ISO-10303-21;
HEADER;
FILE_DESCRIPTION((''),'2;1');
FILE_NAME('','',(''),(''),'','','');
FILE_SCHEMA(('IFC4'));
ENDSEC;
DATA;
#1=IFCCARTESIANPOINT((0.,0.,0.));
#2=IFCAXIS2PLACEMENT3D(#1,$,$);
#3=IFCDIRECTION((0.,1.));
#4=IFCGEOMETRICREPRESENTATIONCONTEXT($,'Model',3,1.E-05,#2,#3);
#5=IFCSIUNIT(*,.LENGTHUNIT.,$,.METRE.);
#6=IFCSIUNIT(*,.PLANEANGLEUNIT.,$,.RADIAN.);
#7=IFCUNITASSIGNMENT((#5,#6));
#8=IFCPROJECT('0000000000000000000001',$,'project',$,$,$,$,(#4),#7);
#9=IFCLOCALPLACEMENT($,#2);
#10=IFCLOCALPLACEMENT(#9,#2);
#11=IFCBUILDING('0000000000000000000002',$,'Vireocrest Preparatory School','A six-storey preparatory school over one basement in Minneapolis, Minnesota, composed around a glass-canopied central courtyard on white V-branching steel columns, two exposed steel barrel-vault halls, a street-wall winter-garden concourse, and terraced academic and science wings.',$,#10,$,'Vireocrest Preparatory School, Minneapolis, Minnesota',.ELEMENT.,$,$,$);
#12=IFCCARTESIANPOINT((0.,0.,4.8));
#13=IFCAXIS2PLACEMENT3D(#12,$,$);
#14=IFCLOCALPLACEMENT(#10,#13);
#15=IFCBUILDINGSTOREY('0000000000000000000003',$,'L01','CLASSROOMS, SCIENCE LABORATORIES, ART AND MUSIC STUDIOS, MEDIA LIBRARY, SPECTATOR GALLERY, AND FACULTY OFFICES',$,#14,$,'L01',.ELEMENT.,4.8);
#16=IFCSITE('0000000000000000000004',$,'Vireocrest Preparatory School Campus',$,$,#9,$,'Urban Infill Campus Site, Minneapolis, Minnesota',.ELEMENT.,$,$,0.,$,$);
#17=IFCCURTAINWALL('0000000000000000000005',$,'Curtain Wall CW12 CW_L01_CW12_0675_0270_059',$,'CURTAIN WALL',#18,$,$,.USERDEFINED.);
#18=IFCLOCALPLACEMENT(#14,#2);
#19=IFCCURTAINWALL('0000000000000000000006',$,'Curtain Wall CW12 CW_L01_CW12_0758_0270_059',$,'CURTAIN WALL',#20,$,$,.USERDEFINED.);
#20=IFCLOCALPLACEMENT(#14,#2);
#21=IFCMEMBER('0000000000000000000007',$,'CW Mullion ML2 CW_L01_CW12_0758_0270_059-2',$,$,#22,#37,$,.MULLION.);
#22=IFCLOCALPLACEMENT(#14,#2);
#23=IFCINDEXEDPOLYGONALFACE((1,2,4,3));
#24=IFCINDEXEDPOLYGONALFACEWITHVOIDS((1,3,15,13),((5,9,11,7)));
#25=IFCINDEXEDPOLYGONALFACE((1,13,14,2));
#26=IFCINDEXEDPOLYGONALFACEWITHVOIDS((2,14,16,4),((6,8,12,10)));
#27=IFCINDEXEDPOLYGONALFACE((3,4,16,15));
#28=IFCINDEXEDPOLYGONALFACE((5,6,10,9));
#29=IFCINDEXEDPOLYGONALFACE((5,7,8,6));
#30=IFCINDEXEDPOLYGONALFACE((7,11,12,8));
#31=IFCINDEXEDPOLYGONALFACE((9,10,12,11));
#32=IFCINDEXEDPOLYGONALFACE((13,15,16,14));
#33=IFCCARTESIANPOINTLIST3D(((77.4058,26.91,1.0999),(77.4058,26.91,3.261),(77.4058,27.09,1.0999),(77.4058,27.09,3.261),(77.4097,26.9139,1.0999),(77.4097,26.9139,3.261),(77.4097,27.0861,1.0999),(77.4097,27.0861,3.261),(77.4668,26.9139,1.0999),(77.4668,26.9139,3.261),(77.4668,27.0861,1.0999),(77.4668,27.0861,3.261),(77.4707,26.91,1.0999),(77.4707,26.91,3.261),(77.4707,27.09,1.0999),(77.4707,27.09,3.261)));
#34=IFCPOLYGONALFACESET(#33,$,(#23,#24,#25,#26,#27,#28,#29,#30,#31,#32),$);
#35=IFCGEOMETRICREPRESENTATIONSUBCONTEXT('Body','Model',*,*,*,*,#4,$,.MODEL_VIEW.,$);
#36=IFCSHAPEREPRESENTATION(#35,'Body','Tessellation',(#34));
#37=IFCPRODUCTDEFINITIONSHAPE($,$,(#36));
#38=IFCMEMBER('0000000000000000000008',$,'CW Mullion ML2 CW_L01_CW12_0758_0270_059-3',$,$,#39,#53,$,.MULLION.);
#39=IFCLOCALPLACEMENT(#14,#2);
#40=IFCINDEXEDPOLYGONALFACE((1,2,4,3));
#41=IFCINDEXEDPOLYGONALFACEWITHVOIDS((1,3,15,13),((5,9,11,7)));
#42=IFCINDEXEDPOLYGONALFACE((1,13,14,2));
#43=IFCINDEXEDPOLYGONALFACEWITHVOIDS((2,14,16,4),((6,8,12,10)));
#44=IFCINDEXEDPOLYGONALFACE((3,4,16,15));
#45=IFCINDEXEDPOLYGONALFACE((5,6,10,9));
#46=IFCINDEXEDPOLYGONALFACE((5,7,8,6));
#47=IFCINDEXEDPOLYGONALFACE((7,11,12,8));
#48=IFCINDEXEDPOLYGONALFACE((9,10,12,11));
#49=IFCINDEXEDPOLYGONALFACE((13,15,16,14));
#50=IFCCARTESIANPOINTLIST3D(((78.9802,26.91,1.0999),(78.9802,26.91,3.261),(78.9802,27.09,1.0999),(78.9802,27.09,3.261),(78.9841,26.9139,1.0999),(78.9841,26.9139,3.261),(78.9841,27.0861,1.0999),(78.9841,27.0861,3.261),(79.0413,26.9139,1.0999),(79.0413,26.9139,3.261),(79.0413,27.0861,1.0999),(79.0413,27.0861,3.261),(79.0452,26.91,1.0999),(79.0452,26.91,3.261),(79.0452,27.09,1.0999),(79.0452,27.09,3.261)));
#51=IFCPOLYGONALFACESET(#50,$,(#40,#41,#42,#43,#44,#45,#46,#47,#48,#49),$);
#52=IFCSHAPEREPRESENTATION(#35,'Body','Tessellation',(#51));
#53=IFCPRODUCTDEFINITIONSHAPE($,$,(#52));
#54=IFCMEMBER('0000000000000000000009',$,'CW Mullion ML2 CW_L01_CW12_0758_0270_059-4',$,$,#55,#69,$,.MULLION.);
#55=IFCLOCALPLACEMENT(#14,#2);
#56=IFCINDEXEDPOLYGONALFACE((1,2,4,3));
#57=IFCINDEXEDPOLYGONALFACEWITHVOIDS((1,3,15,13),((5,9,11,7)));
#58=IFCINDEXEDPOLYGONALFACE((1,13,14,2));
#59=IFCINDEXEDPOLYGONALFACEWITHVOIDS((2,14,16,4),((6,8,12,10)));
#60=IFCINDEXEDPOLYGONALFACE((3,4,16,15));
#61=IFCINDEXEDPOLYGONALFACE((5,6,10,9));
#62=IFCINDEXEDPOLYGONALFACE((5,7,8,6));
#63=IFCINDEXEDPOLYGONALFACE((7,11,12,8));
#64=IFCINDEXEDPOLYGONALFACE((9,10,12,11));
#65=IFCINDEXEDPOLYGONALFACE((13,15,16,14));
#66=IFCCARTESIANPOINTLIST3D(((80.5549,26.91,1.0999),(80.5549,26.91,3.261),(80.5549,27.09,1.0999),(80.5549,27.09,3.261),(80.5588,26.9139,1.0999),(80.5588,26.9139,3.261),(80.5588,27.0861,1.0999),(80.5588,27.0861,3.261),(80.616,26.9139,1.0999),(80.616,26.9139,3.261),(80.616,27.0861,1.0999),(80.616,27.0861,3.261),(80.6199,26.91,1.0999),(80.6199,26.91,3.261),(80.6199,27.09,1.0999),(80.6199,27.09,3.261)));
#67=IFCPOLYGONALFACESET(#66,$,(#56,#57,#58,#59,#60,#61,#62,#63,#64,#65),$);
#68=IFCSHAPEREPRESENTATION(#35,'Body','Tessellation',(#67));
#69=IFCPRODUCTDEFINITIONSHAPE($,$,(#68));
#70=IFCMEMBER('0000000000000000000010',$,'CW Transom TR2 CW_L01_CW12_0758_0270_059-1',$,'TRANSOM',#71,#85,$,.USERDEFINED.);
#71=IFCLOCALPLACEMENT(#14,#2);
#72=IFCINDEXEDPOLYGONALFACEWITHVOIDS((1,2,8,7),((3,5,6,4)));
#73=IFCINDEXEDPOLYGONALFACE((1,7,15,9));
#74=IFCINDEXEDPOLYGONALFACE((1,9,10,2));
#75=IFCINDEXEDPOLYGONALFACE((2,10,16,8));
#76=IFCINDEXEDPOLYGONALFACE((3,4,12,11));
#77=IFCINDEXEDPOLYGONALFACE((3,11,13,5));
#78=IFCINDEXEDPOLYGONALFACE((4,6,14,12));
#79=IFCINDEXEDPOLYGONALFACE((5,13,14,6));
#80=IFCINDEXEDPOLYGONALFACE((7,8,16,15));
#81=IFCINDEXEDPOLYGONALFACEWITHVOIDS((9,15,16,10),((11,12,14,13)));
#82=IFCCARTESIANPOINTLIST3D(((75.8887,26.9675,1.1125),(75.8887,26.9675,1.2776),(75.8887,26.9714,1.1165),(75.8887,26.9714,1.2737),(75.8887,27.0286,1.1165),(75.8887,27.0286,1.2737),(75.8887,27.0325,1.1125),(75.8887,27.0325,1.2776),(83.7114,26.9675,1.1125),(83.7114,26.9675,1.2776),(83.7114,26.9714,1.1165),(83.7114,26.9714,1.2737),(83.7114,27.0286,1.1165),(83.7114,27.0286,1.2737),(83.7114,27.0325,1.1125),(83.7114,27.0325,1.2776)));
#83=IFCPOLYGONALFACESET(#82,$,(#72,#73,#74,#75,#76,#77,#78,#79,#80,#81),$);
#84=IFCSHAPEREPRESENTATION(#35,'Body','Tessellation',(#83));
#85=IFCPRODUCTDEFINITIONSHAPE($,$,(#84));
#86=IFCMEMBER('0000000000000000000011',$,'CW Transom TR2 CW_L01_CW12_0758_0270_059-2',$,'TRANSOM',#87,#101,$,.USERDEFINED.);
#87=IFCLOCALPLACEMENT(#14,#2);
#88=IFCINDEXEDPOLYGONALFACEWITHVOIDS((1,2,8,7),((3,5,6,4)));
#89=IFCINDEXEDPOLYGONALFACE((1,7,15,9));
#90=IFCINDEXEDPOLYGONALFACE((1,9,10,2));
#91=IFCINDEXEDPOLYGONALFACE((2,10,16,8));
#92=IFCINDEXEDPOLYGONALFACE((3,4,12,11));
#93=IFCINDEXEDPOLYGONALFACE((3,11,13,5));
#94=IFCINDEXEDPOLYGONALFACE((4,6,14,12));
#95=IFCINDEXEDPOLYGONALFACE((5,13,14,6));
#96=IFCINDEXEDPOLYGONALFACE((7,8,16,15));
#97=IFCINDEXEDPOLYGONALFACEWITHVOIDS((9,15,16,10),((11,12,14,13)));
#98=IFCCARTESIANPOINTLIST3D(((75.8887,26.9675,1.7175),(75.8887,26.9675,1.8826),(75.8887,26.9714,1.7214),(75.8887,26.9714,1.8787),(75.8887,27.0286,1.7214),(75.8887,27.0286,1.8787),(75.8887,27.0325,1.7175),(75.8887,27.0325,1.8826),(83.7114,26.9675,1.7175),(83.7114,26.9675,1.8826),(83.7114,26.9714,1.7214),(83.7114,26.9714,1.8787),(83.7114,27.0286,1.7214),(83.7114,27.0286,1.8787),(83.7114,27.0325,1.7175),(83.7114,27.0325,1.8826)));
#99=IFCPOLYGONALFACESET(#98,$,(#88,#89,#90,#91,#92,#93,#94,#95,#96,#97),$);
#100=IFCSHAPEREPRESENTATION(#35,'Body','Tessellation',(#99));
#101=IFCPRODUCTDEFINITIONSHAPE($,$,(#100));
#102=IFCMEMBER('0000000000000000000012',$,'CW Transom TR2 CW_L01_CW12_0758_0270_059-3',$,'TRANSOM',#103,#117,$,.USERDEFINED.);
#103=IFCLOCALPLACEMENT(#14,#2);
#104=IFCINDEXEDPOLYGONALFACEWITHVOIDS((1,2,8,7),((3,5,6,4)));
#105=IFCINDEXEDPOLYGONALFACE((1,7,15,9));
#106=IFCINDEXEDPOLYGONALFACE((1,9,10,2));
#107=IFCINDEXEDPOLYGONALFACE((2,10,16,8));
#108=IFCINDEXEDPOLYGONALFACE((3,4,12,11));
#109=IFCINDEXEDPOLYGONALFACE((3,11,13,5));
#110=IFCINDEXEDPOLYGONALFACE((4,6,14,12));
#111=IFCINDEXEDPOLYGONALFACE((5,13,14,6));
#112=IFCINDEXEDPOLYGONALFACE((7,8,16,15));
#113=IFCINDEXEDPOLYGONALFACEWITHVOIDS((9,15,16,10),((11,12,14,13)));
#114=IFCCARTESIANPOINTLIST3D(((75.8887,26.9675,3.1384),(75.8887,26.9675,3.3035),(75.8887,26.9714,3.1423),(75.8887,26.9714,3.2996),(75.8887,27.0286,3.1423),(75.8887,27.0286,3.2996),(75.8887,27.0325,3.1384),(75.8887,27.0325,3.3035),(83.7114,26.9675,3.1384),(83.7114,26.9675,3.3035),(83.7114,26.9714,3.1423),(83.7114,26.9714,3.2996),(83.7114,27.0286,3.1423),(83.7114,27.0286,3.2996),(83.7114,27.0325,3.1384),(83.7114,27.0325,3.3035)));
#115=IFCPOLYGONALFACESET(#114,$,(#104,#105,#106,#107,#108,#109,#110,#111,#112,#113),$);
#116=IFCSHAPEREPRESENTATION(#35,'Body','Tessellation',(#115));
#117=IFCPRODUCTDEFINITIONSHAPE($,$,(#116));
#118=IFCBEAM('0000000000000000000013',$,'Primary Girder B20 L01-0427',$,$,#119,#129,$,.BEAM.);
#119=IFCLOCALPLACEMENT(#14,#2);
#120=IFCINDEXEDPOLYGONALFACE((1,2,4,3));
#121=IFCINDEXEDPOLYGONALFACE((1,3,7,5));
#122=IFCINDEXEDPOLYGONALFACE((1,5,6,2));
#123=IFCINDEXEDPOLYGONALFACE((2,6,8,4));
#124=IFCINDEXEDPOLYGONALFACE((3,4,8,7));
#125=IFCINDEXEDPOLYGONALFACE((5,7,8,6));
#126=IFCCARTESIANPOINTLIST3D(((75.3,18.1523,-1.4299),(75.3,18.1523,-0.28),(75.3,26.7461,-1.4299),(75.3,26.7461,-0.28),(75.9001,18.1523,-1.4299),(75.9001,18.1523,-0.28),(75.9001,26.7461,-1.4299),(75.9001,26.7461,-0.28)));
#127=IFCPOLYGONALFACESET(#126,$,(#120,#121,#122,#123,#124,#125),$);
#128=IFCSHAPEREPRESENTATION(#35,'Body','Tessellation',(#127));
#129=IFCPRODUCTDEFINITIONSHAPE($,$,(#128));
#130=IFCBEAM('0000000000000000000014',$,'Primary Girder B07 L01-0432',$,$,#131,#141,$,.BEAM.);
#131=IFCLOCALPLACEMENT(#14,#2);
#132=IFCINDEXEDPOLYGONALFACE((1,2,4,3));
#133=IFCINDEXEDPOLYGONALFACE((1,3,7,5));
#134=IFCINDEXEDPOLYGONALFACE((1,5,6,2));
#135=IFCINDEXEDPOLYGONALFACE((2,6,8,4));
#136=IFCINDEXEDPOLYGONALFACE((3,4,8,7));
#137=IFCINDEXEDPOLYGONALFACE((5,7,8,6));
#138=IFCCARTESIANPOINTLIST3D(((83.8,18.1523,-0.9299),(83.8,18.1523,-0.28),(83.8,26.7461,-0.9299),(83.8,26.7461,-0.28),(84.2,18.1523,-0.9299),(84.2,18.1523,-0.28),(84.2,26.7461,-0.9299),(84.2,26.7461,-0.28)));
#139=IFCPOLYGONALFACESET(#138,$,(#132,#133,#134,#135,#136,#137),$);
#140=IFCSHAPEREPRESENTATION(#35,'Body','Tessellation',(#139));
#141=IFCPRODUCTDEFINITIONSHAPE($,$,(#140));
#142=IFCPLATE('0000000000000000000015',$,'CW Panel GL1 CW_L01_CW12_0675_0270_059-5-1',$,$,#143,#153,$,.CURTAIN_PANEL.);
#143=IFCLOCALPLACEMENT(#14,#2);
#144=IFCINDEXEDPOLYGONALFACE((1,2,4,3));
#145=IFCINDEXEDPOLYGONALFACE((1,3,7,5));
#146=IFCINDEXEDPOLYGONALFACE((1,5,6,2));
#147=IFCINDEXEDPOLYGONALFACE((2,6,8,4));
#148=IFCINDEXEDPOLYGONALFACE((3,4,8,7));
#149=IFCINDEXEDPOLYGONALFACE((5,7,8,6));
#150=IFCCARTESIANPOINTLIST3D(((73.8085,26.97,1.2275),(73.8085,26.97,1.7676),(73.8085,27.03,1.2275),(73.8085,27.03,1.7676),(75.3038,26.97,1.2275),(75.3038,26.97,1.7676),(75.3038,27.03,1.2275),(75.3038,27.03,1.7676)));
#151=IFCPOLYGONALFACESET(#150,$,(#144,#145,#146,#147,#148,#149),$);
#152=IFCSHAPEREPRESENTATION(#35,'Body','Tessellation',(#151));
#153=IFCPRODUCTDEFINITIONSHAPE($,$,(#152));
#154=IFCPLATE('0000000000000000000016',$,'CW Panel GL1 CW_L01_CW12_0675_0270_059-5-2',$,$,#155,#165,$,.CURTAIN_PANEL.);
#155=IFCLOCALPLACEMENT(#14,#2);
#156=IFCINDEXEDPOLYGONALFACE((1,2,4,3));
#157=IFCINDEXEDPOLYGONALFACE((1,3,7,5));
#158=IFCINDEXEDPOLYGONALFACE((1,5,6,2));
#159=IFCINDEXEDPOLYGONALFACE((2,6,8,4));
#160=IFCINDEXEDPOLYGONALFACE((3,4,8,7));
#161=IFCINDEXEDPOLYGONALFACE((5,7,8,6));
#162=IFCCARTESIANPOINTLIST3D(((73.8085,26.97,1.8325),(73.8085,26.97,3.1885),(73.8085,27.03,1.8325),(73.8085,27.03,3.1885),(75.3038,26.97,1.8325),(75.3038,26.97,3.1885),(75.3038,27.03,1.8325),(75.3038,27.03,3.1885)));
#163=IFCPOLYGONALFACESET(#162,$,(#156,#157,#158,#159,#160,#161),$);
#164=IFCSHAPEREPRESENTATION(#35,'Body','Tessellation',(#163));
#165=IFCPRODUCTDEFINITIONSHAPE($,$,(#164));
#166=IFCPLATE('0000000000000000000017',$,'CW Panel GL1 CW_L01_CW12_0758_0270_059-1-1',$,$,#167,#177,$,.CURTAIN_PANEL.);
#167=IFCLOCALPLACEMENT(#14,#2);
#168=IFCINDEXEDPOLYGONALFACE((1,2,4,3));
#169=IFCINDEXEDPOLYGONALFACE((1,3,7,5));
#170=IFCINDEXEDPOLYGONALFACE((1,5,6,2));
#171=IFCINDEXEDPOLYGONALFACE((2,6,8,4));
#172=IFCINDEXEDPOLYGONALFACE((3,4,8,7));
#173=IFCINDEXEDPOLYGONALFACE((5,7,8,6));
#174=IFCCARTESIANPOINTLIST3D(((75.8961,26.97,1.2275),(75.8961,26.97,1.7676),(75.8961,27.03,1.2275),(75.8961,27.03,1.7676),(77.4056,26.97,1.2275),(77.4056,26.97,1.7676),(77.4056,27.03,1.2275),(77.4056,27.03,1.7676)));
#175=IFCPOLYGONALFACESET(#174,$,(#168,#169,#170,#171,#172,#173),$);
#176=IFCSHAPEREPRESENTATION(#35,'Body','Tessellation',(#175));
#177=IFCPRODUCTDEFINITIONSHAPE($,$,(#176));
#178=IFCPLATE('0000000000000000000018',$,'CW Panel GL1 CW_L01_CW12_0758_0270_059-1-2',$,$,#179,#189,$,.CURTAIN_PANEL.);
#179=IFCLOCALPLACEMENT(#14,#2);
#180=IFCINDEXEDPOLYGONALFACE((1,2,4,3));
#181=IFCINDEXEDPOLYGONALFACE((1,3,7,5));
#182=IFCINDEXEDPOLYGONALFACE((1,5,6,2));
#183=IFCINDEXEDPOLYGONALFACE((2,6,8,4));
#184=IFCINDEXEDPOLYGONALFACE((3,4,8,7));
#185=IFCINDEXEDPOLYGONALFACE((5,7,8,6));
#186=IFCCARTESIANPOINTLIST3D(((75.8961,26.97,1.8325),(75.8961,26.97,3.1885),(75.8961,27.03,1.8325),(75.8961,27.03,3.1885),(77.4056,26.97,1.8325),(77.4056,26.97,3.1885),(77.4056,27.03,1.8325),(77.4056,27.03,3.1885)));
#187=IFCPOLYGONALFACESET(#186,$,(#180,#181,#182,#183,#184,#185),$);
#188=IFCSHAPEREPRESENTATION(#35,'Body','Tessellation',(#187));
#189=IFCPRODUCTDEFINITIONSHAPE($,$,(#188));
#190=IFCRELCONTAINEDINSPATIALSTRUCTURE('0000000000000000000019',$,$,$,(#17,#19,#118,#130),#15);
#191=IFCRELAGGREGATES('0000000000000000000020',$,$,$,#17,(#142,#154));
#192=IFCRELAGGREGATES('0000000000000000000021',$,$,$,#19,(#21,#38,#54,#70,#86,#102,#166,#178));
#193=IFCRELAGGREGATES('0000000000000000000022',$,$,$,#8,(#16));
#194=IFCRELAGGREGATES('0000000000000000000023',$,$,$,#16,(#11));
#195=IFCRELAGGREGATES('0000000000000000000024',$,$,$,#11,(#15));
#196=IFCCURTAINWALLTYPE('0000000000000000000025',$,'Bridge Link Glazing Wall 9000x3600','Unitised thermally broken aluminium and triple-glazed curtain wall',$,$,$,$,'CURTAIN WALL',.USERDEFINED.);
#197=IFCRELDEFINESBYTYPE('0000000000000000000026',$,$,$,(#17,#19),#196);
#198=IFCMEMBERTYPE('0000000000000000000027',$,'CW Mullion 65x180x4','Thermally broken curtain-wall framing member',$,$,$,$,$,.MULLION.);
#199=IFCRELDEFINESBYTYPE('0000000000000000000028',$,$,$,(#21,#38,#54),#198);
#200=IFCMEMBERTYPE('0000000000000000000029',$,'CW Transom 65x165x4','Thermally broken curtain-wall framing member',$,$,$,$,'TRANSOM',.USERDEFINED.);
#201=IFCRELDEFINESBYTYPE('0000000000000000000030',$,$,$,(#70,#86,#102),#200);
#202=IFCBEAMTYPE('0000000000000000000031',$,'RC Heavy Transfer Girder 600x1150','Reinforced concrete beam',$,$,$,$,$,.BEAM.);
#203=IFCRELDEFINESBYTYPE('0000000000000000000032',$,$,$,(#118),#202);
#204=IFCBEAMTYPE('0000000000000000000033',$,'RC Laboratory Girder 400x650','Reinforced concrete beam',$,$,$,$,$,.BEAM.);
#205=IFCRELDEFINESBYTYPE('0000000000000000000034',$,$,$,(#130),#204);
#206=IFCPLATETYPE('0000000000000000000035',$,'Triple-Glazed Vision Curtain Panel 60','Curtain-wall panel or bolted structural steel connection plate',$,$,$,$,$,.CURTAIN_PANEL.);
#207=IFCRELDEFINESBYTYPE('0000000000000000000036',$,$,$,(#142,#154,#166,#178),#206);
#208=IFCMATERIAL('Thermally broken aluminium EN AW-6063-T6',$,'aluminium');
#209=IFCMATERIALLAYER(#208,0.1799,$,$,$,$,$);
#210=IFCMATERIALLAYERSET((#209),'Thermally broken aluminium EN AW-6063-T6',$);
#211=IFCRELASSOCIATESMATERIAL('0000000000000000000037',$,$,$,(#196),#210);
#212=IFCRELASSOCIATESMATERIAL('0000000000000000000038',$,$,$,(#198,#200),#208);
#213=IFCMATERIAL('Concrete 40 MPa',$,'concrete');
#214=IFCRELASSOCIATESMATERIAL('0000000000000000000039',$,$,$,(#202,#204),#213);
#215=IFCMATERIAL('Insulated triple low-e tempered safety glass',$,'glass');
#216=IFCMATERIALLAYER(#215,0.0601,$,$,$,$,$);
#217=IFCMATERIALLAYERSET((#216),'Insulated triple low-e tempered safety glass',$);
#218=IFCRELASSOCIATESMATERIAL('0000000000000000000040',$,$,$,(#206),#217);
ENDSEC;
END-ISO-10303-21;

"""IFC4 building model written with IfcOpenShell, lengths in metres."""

from ifc_helpers import new_model, si_unit, direction, frame, origin, origin_2d, place, context, subcontext, project, spatial, rectangle, hollow_rectangle, extrude, material, layer, layer_set, material_profile, profile_set, type_object, element, aggregate, save


model = new_model("IFC4")

# Units and contexts
model_context = context("Model", 3, precision=1e-05, world=origin(), true_north=direction((0.0, 1.0)))
body_context = subcontext(model_context, "Body", "Model", "MODEL_VIEW")
ifc_project = project(units=[si_unit("LENGTHUNIT", "METRE"), si_unit("PLANEANGLEUNIT", "RADIAN")], contexts=[model_context])

# Site, building, storey
site_placement = place(None, origin())
site = spatial("IfcSite", under=ifc_project, at=site_placement, Name="Vireocrest Preparatory School Campus", LongName="Urban Infill Campus Site, Minneapolis, Minnesota", CompositionType="ELEMENT", RefElevation=0.0)
building_placement = place(site_placement, origin())
building = spatial("IfcBuilding", under=site, at=building_placement, Name="Vireocrest Preparatory School", Description="A six-storey preparatory school over one basement in Minneapolis, Minnesota, composed around a glass-canopied central courtyard on white V-branching steel columns, two exposed steel barrel-vault halls, a street-wall winter-garden concourse, and terraced academic and science wings.", LongName="Vireocrest Preparatory School, Minneapolis, Minnesota", CompositionType="ELEMENT")
storey_placement = place(building_placement, frame((0.0, 0.0, 4.8)))
storey = spatial("IfcBuildingStorey", under=building, at=storey_placement, Name="L01", Description="CLASSROOMS, SCIENCE LABORATORIES, ART AND MUSIC STUDIOS, MEDIA LIBRARY, SPECTATOR GALLERY, AND FACULTY OFFICES", LongName="L01", CompositionType="ELEMENT", Elevation=4.8)

# Curtain walls, members
ifc_material_1 = material(Name="Thermally broken aluminium EN AW-6063-T6", Category="aluminium")
ifc_layer_1 = layer(ifc_material_1, 0.1799)
ifc_layer_set_1 = layer_set([ifc_layer_1], Name="Thermally broken aluminium EN AW-6063-T6")
curtain_wall_type = type_object("IfcCurtainWallType", Name="Bridge Link Glazing Wall 9000x3600", Description="Unitised thermally broken aluminium and triple-glazed curtain wall", ElementType="CURTAIN WALL", PredefinedType="USERDEFINED", material=ifc_layer_set_1)
curtain_wall_1_placement = place(storey_placement, origin())
curtain_wall_1 = element("IfcCurtainWall", 1, at=curtain_wall_1_placement, inside=storey, type_object=curtain_wall_type, Name="Curtain Wall CW12 CW_L01_CW12_0675_0270_059", ObjectType="CURTAIN WALL", PredefinedType="USERDEFINED")
ifc_material_profile_1 = material_profile(ifc_material_1, hollow_rectangle(XDim=0.0649, YDim=0.1799, WallThickness=0.0039, at=origin_2d()), Name="ALU 65x180x4")
ifc_profile_set_1 = profile_set([ifc_material_profile_1], Name="Thermally broken aluminium EN AW-6063-T6")
member_type_1 = type_object("IfcMemberType", Name="CW Mullion 65x180x4", Description="Thermally broken curtain-wall framing member", PredefinedType="MULLION", material=ifc_profile_set_1)
curtain_wall_2_placement = place(storey_placement, origin())
curtain_wall_2 = element("IfcCurtainWall", 2, at=curtain_wall_2_placement, inside=storey, type_object=curtain_wall_type, Name="Curtain Wall CW12 CW_L01_CW12_0758_0270_059", ObjectType="CURTAIN WALL", PredefinedType="USERDEFINED")
member_1_placement = place(storey_placement, frame((77.4382, 27.0, 1.0999), z_axis=(0.0, 0.0, 1.0), x_axis=(1.0, 0.0, 0.0)))
member_1 = element("IfcMember", 3, at=member_1_placement, type_object=member_type_1, Name="CW Mullion ML2 CW_L01_CW12_0758_0270_059-2", PredefinedType="MULLION", context=body_context, shape_type="SweptSolid", body=[
    extrude(hollow_rectangle(XDim=0.0649, YDim=0.1799, WallThickness=0.0039, at=origin_2d()), origin(), (0.0, 0.0, 1.0), 2.1611),
])
member_2_placement = place(storey_placement, frame((79.0127, 27.0, 1.0999), z_axis=(0.0, 0.0, 1.0), x_axis=(1.0, 0.0, 0.0)))
member_2 = element("IfcMember", 4, at=member_2_placement, type_object=member_type_1, Name="CW Mullion ML2 CW_L01_CW12_0758_0270_059-3", PredefinedType="MULLION", context=body_context, shape_type="SweptSolid", body=[
    extrude(hollow_rectangle(XDim=0.0649, YDim=0.1799, WallThickness=0.0039, at=origin_2d()), origin(), (0.0, 0.0, 1.0), 2.1611),
])
member_3_placement = place(storey_placement, frame((80.5874, 27.0, 1.0999), z_axis=(0.0, 0.0, 1.0), x_axis=(1.0, 0.0, 0.0)))
member_3 = element("IfcMember", 5, at=member_3_placement, type_object=member_type_1, Name="CW Mullion ML2 CW_L01_CW12_0758_0270_059-4", PredefinedType="MULLION", context=body_context, shape_type="SweptSolid", body=[
    extrude(hollow_rectangle(XDim=0.0649, YDim=0.1799, WallThickness=0.0039, at=origin_2d()), origin(), (0.0, 0.0, 1.0), 2.1611),
])
ifc_material_profile_2 = material_profile(ifc_material_1, hollow_rectangle(XDim=0.0649, YDim=0.165, WallThickness=0.0039, at=origin_2d()), Name="ALU 65x165x4")
ifc_profile_set_2 = profile_set([ifc_material_profile_2], Name="Thermally broken aluminium EN AW-6063-T6")
member_type_2 = type_object("IfcMemberType", Name="CW Transom 65x165x4", Description="Thermally broken curtain-wall framing member", ElementType="TRANSOM", PredefinedType="USERDEFINED", material=ifc_profile_set_2)
member_4_placement = place(storey_placement, frame((75.8887, 27.0, 1.1951), z_axis=(1.0, 0.0, 0.0), x_axis=(0.0, 1.0, 0.0)))
member_4 = element("IfcMember", 6, at=member_4_placement, type_object=member_type_2, Name="CW Transom TR2 CW_L01_CW12_0758_0270_059-1", ObjectType="TRANSOM", PredefinedType="USERDEFINED", context=body_context, shape_type="SweptSolid", body=[
    extrude(hollow_rectangle(XDim=0.0649, YDim=0.165, WallThickness=0.0039, at=origin_2d()), origin(), (0.0, 0.0, 1.0), 7.8228),
])
member_5_placement = place(storey_placement, frame((75.8887, 27.0, 1.8), z_axis=(1.0, 0.0, 0.0), x_axis=(0.0, 1.0, 0.0)))
member_5 = element("IfcMember", 7, at=member_5_placement, type_object=member_type_2, Name="CW Transom TR2 CW_L01_CW12_0758_0270_059-2", ObjectType="TRANSOM", PredefinedType="USERDEFINED", context=body_context, shape_type="SweptSolid", body=[
    extrude(hollow_rectangle(XDim=0.0649, YDim=0.165, WallThickness=0.0039, at=origin_2d()), origin(), (0.0, 0.0, 1.0), 7.8228),
])
member_6_placement = place(storey_placement, frame((75.8887, 27.0, 3.2209), z_axis=(1.0, 0.0, 0.0), x_axis=(0.0, 1.0, 0.0)))
member_6 = element("IfcMember", 8, at=member_6_placement, type_object=member_type_2, Name="CW Transom TR2 CW_L01_CW12_0758_0270_059-3", ObjectType="TRANSOM", PredefinedType="USERDEFINED", context=body_context, shape_type="SweptSolid", body=[
    extrude(hollow_rectangle(XDim=0.0649, YDim=0.165, WallThickness=0.0039, at=origin_2d()), origin(), (0.0, 0.0, 1.0), 7.8228),
])

# Beams
ifc_material_2 = material(Name="Concrete 40 MPa", Category="concrete")
ifc_material_profile_3 = material_profile(ifc_material_2, rectangle(XDim=0.6001, YDim=1.1499, at=origin_2d()), Name="RC 600x1150")
ifc_profile_set_3 = profile_set([ifc_material_profile_3], Name="Concrete 40 MPa")
beam_type_1 = type_object("IfcBeamType", Name="RC Heavy Transfer Girder 600x1150", Description="Reinforced concrete beam", PredefinedType="BEAM", material=ifc_profile_set_3)
beam_1_placement = place(storey_placement, frame((75.6001, 18.1523, -0.855), z_axis=(0.0, 1.0, 0.0), x_axis=(-1.0, 0.0, 0.0)))
element("IfcBeam", 9, at=beam_1_placement, inside=storey, type_object=beam_type_1, Name="Primary Girder B20 L01-0427", PredefinedType="BEAM", context=body_context, shape_type="SweptSolid", body=[
    extrude(rectangle(XDim=0.6001, YDim=1.1499, at=origin_2d()), origin(), (0.0, 0.0, 1.0), 8.5938),
])
ifc_material_profile_4 = material_profile(ifc_material_2, rectangle(XDim=0.3999, YDim=0.6499, at=origin_2d()), Name="RC 400x650")
ifc_profile_set_4 = profile_set([ifc_material_profile_4], Name="Concrete 40 MPa")
beam_type_2 = type_object("IfcBeamType", Name="RC Laboratory Girder 400x650", Description="Reinforced concrete beam", PredefinedType="BEAM", material=ifc_profile_set_4)
beam_2_placement = place(storey_placement, frame((84.0, 18.1523, -0.605), z_axis=(0.0, 1.0, 0.0), x_axis=(-1.0, 0.0, 0.0)))
element("IfcBeam", 10, at=beam_2_placement, inside=storey, type_object=beam_type_2, Name="Primary Girder B07 L01-0432", PredefinedType="BEAM", context=body_context, shape_type="SweptSolid", body=[
    extrude(rectangle(XDim=0.3999, YDim=0.6499, at=origin_2d()), origin(), (0.0, 0.0, 1.0), 8.5938),
])

# Plates
ifc_material_3 = material(Name="Insulated triple low-e tempered safety glass", Category="glass")
ifc_layer_2 = layer(ifc_material_3, 0.0601)
ifc_layer_set_2 = layer_set([ifc_layer_2], Name="Insulated triple low-e tempered safety glass")
plate_type = type_object("IfcPlateType", Name="Triple-Glazed Vision Curtain Panel 60", Description="Curtain-wall panel or bolted structural steel connection plate", PredefinedType="CURTAIN_PANEL", material=ifc_layer_set_2)
plate_1_placement = place(storey_placement, frame((74.5562, 27.0, 1.2275), z_axis=(0.0, 0.0, 1.0), x_axis=(1.0, 0.0, 0.0)))
plate_1 = element("IfcPlate", 11, at=plate_1_placement, type_object=plate_type, Name="CW Panel GL1 CW_L01_CW12_0675_0270_059-5-1", PredefinedType="CURTAIN_PANEL", context=body_context, shape_type="SweptSolid", body=[
    extrude(rectangle(XDim=1.4954, YDim=0.0601, at=origin_2d()), origin(), (0.0, 0.0, 1.0), 0.54),
])
plate_2_placement = place(storey_placement, frame((74.5562, 27.0, 1.8325), z_axis=(0.0, 0.0, 1.0), x_axis=(1.0, 0.0, 0.0)))
plate_2 = element("IfcPlate", 12, at=plate_2_placement, type_object=plate_type, Name="CW Panel GL1 CW_L01_CW12_0675_0270_059-5-2", PredefinedType="CURTAIN_PANEL", context=body_context, shape_type="SweptSolid", body=[
    extrude(rectangle(XDim=1.4954, YDim=0.0601, at=origin_2d()), origin(), (0.0, 0.0, 1.0), 1.356),
])
aggregate(curtain_wall_1, [plate_1, plate_2])
plate_3_placement = place(storey_placement, frame((76.6509, 27.0, 1.2275), z_axis=(0.0, 0.0, 1.0), x_axis=(1.0, 0.0, 0.0)))
plate_3 = element("IfcPlate", 13, at=plate_3_placement, type_object=plate_type, Name="CW Panel GL1 CW_L01_CW12_0758_0270_059-1-1", PredefinedType="CURTAIN_PANEL", context=body_context, shape_type="SweptSolid", body=[
    extrude(rectangle(XDim=1.5095, YDim=0.0601, at=origin_2d()), origin(), (0.0, 0.0, 1.0), 0.54),
])
plate_4_placement = place(storey_placement, frame((76.6509, 27.0, 1.8325), z_axis=(0.0, 0.0, 1.0), x_axis=(1.0, 0.0, 0.0)))
plate_4 = element("IfcPlate", 14, at=plate_4_placement, type_object=plate_type, Name="CW Panel GL1 CW_L01_CW12_0758_0270_059-1-2", PredefinedType="CURTAIN_PANEL", context=body_context, shape_type="SweptSolid", body=[
    extrude(rectangle(XDim=1.5095, YDim=0.0601, at=origin_2d()), origin(), (0.0, 0.0, 1.0), 1.356),
])
aggregate(curtain_wall_2, [member_1, member_2, member_3, member_4, member_5, member_6, plate_3, plate_4])

save(model, "model.ifc")
